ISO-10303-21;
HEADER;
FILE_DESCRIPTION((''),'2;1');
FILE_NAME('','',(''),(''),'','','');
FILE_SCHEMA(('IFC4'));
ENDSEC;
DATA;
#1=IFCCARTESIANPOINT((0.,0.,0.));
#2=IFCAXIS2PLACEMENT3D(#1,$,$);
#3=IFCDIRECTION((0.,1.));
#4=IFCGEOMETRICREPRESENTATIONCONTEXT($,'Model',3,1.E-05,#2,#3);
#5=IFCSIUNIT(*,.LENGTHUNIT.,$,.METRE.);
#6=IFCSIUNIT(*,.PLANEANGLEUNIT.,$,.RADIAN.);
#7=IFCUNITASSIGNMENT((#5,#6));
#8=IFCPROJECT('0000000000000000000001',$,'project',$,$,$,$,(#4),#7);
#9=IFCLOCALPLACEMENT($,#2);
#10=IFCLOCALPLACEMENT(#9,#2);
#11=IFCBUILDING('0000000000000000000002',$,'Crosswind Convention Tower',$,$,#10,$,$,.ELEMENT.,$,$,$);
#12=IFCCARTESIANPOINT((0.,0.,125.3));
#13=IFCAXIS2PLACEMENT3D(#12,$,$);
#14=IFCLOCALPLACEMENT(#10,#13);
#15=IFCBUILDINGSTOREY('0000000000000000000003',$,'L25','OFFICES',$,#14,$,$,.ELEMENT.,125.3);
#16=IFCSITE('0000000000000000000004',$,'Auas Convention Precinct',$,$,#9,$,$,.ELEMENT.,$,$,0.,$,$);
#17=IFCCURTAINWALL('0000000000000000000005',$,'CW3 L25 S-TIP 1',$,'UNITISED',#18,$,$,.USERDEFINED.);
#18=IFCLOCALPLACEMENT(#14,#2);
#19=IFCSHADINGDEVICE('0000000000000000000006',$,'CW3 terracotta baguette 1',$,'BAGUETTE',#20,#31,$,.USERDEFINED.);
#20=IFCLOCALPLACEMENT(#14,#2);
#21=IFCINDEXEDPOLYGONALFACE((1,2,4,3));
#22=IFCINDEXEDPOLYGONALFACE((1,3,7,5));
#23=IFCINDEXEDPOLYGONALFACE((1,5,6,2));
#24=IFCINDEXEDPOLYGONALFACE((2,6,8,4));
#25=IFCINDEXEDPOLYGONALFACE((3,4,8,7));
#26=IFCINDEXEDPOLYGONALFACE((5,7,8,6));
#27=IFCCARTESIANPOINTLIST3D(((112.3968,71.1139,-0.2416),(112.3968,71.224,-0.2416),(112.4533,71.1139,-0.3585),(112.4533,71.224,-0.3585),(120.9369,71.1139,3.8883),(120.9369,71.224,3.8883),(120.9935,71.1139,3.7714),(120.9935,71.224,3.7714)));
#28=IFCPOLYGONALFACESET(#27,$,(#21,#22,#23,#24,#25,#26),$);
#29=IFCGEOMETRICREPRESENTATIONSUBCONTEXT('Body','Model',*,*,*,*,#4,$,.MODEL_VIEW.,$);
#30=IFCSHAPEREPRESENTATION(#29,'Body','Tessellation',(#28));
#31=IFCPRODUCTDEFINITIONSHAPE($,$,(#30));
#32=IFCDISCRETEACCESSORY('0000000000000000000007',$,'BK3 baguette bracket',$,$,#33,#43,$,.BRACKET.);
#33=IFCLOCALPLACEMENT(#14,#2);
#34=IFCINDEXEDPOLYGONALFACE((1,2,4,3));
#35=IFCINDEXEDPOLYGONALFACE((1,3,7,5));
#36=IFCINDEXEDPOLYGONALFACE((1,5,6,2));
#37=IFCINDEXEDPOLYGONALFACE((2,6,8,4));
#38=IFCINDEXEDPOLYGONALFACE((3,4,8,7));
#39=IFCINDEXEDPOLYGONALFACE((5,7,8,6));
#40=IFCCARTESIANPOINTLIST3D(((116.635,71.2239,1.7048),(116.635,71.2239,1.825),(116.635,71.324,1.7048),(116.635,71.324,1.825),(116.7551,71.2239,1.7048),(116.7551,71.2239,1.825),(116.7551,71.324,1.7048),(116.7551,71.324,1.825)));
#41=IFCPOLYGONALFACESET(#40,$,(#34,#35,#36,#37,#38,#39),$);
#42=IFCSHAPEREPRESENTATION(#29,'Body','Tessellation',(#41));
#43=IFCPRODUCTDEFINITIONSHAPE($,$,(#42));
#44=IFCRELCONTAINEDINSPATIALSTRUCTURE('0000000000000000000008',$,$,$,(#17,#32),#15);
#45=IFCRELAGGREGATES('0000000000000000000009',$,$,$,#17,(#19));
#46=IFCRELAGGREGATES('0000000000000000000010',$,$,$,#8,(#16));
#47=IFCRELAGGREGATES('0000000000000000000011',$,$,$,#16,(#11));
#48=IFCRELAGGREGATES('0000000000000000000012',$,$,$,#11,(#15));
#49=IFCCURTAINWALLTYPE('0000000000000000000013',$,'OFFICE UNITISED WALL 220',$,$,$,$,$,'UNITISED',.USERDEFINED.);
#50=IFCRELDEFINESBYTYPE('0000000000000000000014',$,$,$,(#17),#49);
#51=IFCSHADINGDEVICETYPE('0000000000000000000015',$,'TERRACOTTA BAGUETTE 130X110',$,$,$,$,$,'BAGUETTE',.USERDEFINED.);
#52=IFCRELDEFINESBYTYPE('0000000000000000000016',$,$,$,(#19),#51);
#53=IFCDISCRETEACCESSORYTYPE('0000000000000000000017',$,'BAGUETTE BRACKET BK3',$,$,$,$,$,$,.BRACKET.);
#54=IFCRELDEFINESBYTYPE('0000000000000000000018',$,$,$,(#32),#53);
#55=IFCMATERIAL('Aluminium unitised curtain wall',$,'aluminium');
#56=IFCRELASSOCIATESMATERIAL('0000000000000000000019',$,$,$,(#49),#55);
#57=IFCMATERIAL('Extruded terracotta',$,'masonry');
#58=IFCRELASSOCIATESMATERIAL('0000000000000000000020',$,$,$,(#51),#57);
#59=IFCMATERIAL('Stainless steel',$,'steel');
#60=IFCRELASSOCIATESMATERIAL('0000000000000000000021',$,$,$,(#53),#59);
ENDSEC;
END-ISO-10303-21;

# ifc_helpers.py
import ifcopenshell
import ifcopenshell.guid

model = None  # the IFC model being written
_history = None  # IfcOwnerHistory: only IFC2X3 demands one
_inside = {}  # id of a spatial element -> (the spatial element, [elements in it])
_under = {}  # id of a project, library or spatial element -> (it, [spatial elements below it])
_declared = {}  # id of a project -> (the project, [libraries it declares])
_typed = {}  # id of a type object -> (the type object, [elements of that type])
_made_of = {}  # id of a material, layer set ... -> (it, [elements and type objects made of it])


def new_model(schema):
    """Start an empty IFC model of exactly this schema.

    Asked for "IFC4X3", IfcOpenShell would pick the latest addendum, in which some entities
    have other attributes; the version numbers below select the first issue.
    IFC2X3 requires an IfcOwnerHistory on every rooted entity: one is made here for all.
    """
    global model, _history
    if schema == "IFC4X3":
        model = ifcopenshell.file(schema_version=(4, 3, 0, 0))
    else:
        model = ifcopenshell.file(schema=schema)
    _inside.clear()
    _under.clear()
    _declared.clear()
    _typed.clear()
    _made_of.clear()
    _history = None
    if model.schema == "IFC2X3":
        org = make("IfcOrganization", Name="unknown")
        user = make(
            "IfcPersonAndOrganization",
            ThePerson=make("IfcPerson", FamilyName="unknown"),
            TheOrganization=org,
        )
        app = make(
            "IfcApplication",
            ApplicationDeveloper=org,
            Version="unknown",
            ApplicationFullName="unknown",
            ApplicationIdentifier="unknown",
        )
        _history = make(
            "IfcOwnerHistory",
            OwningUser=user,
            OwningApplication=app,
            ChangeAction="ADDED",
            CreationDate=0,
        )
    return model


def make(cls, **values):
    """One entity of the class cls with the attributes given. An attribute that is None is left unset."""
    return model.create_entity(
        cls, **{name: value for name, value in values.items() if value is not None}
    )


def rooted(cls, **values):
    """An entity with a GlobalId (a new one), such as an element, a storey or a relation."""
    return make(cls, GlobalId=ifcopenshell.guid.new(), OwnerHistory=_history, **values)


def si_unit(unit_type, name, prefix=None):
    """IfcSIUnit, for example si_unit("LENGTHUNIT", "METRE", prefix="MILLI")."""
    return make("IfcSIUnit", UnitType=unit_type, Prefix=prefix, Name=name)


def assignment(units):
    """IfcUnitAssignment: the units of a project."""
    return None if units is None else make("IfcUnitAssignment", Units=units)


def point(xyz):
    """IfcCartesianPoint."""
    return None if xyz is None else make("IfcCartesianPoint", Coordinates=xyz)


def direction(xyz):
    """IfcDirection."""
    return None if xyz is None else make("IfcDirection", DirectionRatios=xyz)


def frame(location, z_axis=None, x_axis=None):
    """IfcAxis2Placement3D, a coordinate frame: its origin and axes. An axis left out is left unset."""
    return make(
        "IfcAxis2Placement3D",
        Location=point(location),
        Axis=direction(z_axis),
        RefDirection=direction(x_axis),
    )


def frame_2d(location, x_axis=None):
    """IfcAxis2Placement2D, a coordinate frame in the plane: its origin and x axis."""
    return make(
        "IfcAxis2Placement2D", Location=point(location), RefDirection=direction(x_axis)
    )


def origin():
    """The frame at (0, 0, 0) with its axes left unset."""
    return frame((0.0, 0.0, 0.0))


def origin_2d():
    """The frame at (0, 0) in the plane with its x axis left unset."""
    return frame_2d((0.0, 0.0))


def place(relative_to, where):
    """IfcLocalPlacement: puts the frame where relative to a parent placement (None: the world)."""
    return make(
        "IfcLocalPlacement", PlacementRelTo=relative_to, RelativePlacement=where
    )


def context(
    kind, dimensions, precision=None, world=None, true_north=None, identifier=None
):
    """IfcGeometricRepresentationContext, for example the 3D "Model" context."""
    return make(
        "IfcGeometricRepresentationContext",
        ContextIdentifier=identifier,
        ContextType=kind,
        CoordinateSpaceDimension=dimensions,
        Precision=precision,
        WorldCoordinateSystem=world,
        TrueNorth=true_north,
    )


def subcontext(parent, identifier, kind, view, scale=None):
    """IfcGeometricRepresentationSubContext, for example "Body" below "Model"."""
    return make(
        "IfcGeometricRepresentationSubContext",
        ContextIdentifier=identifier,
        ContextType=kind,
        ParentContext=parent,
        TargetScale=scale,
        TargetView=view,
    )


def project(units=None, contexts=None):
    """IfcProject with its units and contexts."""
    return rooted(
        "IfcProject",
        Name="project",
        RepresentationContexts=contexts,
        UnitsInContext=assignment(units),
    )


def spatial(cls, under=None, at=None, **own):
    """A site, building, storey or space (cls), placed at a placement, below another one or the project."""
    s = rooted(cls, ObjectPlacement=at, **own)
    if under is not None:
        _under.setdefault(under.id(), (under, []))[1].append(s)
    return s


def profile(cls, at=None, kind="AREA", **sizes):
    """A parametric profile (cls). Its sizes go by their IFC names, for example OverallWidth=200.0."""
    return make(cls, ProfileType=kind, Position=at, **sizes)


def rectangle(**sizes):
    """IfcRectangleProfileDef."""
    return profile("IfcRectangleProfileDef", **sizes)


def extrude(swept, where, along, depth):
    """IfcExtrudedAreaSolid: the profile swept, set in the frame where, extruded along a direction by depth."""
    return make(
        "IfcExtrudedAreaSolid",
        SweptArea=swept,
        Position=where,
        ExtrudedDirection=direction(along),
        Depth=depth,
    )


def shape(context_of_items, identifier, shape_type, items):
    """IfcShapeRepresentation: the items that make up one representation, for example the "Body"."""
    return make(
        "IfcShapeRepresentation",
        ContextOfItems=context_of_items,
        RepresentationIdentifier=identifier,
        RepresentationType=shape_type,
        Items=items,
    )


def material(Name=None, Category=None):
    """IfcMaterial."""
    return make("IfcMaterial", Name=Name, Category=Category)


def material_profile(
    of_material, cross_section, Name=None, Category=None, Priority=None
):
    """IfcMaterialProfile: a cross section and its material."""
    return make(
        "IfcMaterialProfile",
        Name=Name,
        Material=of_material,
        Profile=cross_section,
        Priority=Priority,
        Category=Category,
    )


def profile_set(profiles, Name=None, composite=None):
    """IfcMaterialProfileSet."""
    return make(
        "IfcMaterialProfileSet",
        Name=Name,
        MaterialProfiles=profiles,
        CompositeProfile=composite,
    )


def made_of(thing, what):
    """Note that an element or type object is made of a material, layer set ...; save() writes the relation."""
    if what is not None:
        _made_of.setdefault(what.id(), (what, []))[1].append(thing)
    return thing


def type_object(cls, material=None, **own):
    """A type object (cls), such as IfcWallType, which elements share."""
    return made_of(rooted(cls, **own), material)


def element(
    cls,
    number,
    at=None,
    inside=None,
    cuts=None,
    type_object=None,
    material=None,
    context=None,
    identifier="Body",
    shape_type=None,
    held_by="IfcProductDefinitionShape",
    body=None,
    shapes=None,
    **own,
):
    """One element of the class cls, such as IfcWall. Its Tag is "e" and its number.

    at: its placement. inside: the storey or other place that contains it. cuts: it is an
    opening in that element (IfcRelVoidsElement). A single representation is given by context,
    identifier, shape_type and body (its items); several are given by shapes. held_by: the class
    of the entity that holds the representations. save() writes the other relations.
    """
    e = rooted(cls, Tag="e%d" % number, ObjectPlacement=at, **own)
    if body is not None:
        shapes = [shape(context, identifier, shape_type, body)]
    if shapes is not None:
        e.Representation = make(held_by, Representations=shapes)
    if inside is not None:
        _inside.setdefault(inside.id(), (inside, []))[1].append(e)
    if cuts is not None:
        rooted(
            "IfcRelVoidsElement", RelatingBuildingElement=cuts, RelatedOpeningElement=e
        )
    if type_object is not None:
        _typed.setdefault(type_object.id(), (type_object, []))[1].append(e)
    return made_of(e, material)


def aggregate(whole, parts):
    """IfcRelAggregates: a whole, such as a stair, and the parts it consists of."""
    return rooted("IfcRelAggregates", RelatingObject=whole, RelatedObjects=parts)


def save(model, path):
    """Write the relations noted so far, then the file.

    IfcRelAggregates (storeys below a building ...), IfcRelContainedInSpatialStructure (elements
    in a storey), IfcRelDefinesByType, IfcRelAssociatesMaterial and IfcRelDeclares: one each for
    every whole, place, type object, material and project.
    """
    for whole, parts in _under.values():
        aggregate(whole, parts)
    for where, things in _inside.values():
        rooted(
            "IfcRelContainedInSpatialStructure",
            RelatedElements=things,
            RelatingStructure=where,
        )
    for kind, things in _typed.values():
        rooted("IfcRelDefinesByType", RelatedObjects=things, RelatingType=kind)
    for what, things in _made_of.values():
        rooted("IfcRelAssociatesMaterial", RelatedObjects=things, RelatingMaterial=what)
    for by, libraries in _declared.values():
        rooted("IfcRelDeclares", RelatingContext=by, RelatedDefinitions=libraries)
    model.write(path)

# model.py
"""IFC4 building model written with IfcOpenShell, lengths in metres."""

from ifc_helpers import new_model, si_unit, direction, frame, origin, origin_2d, place, context, subcontext, project, spatial, rectangle, extrude, material, material_profile, profile_set, type_object, element, aggregate, save


model = new_model("IFC4")

# Units and contexts
model_context = context("Model", 3, precision=1e-05, world=origin(), true_north=direction((0.0, 1.0)))
body_context = subcontext(model_context, "Body", "Model", "MODEL_VIEW")
ifc_project = project(units=[si_unit("LENGTHUNIT", "METRE"), si_unit("PLANEANGLEUNIT", "RADIAN")], contexts=[model_context])

# Site, building, storey
site_placement = place(None, origin())
site = spatial("IfcSite", under=ifc_project, at=site_placement, Name="Auas Convention Precinct", CompositionType="ELEMENT", RefElevation=0.0)
building_placement = place(site_placement, origin())
building = spatial("IfcBuilding", under=site, at=building_placement, Name="Crosswind Convention Tower", CompositionType="ELEMENT")
storey_placement = place(building_placement, frame((0.0, 0.0, 125.3)))
storey = spatial("IfcBuildingStorey", under=building, at=storey_placement, Name="L25", Description="OFFICES", CompositionType="ELEMENT", Elevation=125.3)

# Curtain wall
ifc_material_1 = material(Name="Aluminium unitised curtain wall", Category="aluminium")
curtain_wall_type_1 = type_object("IfcCurtainWallType", Name="OFFICE UNITISED WALL 220", ElementType="UNITISED", PredefinedType="USERDEFINED", material=ifc_material_1)
curtain_wall_1_placement = place(storey_placement, origin())
curtain_wall_1 = element("IfcCurtainWall", 1, at=curtain_wall_1_placement, inside=storey, type_object=curtain_wall_type_1, Name="CW3 L25 S-TIP 1", ObjectType="UNITISED", PredefinedType="USERDEFINED")

# Shading device
ifc_material_2 = material(Name="Extruded terracotta", Category="masonry")
ifc_material_profile_1 = material_profile(ifc_material_2, rectangle(XDim=0.1101, YDim=0.1299, at=origin_2d()), Name="TC 110X130")
ifc_profile_set_1 = profile_set([ifc_material_profile_1], Name="Extruded terracotta")
shading_device_type = type_object("IfcShadingDeviceType", Name="TERRACOTTA BAGUETTE 130X110", ElementType="BAGUETTE", PredefinedType="USERDEFINED", material=ifc_profile_set_1)
shading_device_placement = place(storey_placement, frame((112.425, 71.1689, -0.3), z_axis=(0.900258, 0.0, 0.435356), x_axis=(0.0, 1.0, 0.0)))
shading_device = element("IfcShadingDevice", 2, at=shading_device_placement, type_object=shading_device_type, Name="CW3 terracotta baguette 1", ObjectType="BAGUETTE", PredefinedType="USERDEFINED", context=body_context, shape_type="SweptSolid", body=[
    extrude(rectangle(XDim=0.1101, YDim=0.1299, at=origin_2d()), origin(), (0.0, 0.0, 1.0), 9.4863),
])
aggregate(curtain_wall_1, [shading_device])

# Discrete accessory
ifc_material_3 = material(Name="Stainless steel", Category="steel")
discrete_accessory_type = type_object("IfcDiscreteAccessoryType", Name="BAGUETTE BRACKET BK3", PredefinedType="BRACKET", material=ifc_material_3)
discrete_accessory_placement = place(storey_placement, frame((116.6951, 71.2739, 1.7048), z_axis=(0.0, 0.0, 1.0), x_axis=(1.0, 0.0, 0.0)))
element("IfcDiscreteAccessory", 3, at=discrete_accessory_placement, inside=storey, type_object=discrete_accessory_type, Name="BK3 baguette bracket", PredefinedType="BRACKET", context=body_context, shape_type="SweptSolid", body=[
    extrude(rectangle(XDim=0.1201, YDim=0.1001, at=origin_2d()), origin(), (0.0, 0.0, 1.0), 0.1201),
])

save(model, "model.ifc")
